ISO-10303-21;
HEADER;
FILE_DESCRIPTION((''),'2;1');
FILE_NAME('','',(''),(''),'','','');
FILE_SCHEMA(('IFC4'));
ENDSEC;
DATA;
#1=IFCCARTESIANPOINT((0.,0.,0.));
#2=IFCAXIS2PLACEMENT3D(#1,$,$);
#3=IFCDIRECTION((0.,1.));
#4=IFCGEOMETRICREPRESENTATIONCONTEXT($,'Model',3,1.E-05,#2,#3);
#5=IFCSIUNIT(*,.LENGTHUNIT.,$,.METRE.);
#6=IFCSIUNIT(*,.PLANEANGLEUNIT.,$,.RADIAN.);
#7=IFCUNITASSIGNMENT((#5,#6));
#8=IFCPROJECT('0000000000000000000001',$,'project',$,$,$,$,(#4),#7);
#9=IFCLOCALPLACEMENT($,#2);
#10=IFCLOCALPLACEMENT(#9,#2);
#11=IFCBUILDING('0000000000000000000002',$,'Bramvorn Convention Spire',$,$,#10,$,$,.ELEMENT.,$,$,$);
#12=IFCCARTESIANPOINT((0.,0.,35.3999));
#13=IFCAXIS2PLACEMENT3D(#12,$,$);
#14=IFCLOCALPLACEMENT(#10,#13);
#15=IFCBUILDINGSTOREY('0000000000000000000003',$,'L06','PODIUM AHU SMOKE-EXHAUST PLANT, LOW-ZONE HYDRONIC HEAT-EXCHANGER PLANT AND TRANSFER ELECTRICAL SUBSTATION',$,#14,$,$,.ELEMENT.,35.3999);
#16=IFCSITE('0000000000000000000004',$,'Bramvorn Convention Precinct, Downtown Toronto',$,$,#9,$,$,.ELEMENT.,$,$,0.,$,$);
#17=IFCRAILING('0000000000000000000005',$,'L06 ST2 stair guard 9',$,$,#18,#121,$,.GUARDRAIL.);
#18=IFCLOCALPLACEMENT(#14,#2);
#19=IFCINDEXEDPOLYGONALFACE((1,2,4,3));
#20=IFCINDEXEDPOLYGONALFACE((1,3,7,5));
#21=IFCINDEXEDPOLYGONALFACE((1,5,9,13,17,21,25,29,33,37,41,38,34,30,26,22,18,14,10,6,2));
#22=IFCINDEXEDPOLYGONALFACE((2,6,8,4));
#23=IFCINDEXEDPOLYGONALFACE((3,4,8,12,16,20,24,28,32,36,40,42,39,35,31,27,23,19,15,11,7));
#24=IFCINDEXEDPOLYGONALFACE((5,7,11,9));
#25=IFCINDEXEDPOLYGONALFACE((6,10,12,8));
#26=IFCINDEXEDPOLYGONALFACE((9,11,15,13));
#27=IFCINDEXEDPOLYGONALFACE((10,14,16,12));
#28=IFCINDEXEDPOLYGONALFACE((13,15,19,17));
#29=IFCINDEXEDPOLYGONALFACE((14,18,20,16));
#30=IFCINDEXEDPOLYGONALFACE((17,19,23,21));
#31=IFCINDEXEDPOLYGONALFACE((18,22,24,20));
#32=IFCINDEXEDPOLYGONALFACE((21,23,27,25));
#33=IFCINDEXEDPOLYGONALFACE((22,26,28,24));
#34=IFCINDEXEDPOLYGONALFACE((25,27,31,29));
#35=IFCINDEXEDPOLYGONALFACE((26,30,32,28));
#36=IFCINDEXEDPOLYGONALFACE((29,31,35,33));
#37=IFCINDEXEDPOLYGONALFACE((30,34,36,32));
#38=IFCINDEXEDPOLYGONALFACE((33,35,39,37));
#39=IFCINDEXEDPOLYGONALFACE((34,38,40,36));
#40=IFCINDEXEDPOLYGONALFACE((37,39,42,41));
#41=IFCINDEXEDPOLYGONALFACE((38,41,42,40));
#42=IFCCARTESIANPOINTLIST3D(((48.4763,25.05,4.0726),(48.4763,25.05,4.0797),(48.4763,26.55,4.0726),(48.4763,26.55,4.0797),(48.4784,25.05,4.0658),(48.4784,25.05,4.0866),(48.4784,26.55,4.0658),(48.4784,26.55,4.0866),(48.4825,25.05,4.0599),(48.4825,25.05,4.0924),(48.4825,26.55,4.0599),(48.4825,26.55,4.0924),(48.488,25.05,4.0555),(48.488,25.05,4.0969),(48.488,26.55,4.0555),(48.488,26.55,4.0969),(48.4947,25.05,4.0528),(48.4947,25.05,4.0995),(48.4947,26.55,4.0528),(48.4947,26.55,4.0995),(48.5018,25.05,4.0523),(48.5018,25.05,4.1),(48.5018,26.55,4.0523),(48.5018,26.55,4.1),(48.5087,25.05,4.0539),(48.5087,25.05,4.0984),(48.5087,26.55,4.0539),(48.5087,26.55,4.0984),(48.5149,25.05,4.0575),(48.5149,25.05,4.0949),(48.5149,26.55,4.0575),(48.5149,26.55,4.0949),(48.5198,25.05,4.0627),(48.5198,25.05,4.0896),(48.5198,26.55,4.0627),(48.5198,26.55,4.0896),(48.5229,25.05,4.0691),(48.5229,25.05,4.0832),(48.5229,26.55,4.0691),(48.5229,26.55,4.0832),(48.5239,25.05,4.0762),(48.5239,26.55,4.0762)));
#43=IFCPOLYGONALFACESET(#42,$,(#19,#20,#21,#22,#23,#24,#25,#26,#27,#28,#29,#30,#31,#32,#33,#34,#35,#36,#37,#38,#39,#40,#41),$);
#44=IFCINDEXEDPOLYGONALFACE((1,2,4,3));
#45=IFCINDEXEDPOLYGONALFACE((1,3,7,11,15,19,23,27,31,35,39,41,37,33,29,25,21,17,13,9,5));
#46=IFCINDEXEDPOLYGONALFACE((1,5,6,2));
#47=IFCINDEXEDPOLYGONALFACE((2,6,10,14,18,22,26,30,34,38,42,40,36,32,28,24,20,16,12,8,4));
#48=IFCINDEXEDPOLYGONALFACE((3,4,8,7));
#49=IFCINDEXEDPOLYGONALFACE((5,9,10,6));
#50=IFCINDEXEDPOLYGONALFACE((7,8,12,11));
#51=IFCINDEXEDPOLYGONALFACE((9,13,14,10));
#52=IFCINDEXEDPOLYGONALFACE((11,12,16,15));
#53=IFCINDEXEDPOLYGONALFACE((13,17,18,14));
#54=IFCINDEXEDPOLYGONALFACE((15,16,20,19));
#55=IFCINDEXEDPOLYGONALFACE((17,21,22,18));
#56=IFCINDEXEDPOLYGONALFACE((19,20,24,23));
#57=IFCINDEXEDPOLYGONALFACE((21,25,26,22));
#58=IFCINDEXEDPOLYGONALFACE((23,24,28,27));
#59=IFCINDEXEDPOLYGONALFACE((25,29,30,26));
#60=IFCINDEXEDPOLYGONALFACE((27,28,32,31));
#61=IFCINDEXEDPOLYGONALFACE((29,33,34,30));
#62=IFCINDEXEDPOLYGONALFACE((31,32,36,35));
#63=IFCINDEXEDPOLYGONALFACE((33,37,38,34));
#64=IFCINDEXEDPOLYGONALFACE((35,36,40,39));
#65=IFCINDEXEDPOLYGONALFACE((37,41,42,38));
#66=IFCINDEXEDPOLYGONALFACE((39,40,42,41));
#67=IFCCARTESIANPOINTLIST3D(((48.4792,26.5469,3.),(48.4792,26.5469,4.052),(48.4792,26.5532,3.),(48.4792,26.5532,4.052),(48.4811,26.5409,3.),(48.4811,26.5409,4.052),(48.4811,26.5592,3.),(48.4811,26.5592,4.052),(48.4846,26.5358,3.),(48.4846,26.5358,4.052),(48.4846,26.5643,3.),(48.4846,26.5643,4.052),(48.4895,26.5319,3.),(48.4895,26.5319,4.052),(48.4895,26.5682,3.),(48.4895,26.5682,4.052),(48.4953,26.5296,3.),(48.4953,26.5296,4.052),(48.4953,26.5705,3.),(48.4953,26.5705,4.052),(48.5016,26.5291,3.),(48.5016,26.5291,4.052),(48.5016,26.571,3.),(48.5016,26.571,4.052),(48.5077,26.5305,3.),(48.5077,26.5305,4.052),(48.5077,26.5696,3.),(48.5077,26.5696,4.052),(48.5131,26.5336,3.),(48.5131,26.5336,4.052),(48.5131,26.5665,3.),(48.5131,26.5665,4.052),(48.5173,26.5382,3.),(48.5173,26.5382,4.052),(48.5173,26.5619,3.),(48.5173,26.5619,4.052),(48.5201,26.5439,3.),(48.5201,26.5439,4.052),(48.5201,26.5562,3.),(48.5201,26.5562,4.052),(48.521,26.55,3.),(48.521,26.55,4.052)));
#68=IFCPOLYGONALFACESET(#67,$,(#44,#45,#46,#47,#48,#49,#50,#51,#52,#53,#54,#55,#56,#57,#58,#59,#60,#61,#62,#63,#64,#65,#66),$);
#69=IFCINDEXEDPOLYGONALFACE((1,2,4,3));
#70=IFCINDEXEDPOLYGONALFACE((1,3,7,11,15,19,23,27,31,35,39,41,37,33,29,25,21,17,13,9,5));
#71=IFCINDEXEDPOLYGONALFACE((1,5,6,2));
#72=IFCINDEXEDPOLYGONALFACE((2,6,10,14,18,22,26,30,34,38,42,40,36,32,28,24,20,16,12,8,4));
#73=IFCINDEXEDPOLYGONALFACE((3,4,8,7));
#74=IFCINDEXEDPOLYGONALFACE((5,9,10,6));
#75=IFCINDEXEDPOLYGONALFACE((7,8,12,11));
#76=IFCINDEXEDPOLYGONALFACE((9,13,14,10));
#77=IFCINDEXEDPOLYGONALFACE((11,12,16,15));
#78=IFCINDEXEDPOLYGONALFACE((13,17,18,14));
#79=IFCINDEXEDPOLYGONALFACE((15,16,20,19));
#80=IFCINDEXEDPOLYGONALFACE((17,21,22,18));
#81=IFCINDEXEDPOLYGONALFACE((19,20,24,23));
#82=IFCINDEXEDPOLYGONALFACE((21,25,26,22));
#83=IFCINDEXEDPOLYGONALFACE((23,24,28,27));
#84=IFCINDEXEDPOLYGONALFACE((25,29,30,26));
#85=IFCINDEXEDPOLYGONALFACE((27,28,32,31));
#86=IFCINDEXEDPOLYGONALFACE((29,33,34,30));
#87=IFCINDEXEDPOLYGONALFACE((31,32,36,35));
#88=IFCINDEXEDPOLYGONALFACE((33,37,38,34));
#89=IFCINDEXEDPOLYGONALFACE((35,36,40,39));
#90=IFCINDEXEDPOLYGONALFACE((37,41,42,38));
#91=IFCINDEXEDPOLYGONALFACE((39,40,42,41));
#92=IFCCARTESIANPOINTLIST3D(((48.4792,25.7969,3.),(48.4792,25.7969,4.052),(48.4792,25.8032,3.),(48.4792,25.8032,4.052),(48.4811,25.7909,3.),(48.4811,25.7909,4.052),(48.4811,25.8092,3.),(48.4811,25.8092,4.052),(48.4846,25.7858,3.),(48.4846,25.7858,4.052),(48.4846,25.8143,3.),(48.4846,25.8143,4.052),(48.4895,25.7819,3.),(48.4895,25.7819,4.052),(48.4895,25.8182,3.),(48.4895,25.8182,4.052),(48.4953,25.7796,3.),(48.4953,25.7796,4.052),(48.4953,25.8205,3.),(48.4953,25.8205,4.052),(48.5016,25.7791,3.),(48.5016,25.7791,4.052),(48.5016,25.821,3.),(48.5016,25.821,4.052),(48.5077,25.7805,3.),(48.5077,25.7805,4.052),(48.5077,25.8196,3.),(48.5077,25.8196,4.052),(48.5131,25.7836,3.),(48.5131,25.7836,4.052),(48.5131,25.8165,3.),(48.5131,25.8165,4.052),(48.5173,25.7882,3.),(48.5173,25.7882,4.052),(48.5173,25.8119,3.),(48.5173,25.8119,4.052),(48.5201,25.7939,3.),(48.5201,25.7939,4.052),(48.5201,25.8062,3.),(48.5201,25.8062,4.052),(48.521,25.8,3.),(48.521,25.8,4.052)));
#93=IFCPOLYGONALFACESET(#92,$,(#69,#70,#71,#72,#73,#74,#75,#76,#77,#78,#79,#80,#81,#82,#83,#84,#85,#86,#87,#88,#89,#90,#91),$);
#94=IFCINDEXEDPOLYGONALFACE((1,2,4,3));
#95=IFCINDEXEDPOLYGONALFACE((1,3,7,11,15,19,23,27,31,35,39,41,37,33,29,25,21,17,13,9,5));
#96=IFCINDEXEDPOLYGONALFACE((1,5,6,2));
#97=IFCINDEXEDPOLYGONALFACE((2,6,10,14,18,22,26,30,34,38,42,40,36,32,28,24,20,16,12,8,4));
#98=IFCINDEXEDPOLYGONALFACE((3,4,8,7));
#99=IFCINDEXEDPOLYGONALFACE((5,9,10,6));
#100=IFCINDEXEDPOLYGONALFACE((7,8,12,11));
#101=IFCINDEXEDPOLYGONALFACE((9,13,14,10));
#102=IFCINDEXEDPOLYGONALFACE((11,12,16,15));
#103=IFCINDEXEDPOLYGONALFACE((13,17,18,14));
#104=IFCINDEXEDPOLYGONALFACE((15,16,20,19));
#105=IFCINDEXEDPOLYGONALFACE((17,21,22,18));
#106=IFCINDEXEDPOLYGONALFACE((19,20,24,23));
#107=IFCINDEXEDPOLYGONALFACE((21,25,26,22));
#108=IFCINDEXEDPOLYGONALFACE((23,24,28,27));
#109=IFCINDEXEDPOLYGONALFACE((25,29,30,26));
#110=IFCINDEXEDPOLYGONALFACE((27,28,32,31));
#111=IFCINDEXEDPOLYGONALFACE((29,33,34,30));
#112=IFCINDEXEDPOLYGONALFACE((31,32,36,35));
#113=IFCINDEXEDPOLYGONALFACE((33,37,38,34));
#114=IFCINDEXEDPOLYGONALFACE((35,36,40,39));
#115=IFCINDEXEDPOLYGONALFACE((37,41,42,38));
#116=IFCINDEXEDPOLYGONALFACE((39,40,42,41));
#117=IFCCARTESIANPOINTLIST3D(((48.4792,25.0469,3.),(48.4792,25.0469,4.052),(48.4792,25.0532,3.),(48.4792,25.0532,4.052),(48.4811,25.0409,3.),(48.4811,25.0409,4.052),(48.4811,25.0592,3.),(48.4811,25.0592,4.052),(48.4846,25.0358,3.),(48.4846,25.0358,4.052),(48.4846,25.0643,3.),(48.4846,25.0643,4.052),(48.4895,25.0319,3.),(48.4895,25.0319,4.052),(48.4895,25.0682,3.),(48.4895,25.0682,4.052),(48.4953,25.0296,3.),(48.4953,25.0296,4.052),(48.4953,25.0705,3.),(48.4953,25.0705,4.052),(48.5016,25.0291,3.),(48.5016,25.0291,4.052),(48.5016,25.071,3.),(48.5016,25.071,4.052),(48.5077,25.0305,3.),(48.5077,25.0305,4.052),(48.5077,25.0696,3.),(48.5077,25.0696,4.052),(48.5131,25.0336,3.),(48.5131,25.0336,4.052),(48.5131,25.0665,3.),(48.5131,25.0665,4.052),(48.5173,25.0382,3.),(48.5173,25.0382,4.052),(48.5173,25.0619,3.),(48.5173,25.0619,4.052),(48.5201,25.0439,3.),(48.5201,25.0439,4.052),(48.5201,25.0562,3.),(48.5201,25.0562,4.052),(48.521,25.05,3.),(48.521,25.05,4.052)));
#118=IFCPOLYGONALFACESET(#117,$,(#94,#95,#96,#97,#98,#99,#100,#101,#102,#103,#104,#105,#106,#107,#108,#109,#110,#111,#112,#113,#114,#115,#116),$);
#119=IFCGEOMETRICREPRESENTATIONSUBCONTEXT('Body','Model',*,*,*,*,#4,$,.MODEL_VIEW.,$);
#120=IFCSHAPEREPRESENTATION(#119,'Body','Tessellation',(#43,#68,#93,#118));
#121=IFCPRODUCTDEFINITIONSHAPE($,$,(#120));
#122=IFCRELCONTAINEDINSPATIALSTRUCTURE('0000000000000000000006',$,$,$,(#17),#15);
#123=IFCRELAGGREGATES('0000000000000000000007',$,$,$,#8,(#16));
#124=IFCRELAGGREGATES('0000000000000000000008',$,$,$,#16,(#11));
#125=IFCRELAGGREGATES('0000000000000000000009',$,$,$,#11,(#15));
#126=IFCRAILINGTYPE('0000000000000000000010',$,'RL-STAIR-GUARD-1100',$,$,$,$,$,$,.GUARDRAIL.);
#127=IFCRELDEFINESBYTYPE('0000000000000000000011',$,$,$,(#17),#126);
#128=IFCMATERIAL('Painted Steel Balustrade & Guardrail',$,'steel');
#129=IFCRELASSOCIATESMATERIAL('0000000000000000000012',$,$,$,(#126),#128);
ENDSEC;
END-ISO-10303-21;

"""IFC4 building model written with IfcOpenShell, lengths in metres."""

from ifc_helpers import new_model, si_unit, direction, frame, origin, origin_2d, place, context, subcontext, project, spatial, circle, extrude, material, type_object, element, save


model = new_model("IFC4")

# Units and contexts
model_context = context("Model", 3, precision=1e-05, world=origin(), true_north=direction((0.0, 1.0)))
body_context = subcontext(model_context, "Body", "Model", "MODEL_VIEW")
ifc_project = project(units=[si_unit("LENGTHUNIT", "METRE"), si_unit("PLANEANGLEUNIT", "RADIAN")], contexts=[model_context])

# Site, building, storey
site_placement = place(None, origin())
site = spatial("IfcSite", under=ifc_project, at=site_placement, Name="Bramvorn Convention Precinct, Downtown Toronto", CompositionType="ELEMENT", RefElevation=0.0)
building_placement = place(site_placement, origin())
building = spatial("IfcBuilding", under=site, at=building_placement, Name="Bramvorn Convention Spire", CompositionType="ELEMENT")
storey_placement = place(building_placement, frame((0.0, 0.0, 35.3999)))
storey = spatial("IfcBuildingStorey", under=building, at=storey_placement, Name="L06", Description="PODIUM AHU SMOKE-EXHAUST PLANT, LOW-ZONE HYDRONIC HEAT-EXCHANGER PLANT AND TRANSFER ELECTRICAL SUBSTATION", CompositionType="ELEMENT", Elevation=35.3999)

# Railing
ifc_material_1 = material(Name="Painted Steel Balustrade & Guardrail", Category="steel")
railing_type_1 = type_object("IfcRailingType", Name="RL-STAIR-GUARD-1100", PredefinedType="GUARDRAIL", material=ifc_material_1)
for number, where, name in (
    (1, (48.5, 26.55, 3.0), "L06 ST2 stair guard 9"),
):
    element("IfcRailing", number, at=place(storey_placement, frame(where)), inside=storey, type_object=railing_type_1, Name=name, PredefinedType="GUARDRAIL", context=body_context, shape_type="SweptSolid", body=[
        extrude(circle(Radius=0.0239, at=origin_2d()), frame((0.0, 0.0, 1.0762), z_axis=(0.0, -1.0, 0.0), x_axis=(1.0, 0.0, 0.0)), (0.0, 0.0, 1.0), 1.5),
        extrude(circle(Radius=0.021, at=origin_2d()), origin(), (0.0, 0.0, 1.0), 1.052),
        extrude(circle(Radius=0.021, at=origin_2d()), frame((0.0, -0.75, 0.0)), (0.0, 0.0, 1.0), 1.052),
        extrude(circle(Radius=0.021, at=origin_2d()), frame((0.0, -1.5, 0.0)), (0.0, 0.0, 1.0), 1.052),
    ])

save(model, "model.ifc")
